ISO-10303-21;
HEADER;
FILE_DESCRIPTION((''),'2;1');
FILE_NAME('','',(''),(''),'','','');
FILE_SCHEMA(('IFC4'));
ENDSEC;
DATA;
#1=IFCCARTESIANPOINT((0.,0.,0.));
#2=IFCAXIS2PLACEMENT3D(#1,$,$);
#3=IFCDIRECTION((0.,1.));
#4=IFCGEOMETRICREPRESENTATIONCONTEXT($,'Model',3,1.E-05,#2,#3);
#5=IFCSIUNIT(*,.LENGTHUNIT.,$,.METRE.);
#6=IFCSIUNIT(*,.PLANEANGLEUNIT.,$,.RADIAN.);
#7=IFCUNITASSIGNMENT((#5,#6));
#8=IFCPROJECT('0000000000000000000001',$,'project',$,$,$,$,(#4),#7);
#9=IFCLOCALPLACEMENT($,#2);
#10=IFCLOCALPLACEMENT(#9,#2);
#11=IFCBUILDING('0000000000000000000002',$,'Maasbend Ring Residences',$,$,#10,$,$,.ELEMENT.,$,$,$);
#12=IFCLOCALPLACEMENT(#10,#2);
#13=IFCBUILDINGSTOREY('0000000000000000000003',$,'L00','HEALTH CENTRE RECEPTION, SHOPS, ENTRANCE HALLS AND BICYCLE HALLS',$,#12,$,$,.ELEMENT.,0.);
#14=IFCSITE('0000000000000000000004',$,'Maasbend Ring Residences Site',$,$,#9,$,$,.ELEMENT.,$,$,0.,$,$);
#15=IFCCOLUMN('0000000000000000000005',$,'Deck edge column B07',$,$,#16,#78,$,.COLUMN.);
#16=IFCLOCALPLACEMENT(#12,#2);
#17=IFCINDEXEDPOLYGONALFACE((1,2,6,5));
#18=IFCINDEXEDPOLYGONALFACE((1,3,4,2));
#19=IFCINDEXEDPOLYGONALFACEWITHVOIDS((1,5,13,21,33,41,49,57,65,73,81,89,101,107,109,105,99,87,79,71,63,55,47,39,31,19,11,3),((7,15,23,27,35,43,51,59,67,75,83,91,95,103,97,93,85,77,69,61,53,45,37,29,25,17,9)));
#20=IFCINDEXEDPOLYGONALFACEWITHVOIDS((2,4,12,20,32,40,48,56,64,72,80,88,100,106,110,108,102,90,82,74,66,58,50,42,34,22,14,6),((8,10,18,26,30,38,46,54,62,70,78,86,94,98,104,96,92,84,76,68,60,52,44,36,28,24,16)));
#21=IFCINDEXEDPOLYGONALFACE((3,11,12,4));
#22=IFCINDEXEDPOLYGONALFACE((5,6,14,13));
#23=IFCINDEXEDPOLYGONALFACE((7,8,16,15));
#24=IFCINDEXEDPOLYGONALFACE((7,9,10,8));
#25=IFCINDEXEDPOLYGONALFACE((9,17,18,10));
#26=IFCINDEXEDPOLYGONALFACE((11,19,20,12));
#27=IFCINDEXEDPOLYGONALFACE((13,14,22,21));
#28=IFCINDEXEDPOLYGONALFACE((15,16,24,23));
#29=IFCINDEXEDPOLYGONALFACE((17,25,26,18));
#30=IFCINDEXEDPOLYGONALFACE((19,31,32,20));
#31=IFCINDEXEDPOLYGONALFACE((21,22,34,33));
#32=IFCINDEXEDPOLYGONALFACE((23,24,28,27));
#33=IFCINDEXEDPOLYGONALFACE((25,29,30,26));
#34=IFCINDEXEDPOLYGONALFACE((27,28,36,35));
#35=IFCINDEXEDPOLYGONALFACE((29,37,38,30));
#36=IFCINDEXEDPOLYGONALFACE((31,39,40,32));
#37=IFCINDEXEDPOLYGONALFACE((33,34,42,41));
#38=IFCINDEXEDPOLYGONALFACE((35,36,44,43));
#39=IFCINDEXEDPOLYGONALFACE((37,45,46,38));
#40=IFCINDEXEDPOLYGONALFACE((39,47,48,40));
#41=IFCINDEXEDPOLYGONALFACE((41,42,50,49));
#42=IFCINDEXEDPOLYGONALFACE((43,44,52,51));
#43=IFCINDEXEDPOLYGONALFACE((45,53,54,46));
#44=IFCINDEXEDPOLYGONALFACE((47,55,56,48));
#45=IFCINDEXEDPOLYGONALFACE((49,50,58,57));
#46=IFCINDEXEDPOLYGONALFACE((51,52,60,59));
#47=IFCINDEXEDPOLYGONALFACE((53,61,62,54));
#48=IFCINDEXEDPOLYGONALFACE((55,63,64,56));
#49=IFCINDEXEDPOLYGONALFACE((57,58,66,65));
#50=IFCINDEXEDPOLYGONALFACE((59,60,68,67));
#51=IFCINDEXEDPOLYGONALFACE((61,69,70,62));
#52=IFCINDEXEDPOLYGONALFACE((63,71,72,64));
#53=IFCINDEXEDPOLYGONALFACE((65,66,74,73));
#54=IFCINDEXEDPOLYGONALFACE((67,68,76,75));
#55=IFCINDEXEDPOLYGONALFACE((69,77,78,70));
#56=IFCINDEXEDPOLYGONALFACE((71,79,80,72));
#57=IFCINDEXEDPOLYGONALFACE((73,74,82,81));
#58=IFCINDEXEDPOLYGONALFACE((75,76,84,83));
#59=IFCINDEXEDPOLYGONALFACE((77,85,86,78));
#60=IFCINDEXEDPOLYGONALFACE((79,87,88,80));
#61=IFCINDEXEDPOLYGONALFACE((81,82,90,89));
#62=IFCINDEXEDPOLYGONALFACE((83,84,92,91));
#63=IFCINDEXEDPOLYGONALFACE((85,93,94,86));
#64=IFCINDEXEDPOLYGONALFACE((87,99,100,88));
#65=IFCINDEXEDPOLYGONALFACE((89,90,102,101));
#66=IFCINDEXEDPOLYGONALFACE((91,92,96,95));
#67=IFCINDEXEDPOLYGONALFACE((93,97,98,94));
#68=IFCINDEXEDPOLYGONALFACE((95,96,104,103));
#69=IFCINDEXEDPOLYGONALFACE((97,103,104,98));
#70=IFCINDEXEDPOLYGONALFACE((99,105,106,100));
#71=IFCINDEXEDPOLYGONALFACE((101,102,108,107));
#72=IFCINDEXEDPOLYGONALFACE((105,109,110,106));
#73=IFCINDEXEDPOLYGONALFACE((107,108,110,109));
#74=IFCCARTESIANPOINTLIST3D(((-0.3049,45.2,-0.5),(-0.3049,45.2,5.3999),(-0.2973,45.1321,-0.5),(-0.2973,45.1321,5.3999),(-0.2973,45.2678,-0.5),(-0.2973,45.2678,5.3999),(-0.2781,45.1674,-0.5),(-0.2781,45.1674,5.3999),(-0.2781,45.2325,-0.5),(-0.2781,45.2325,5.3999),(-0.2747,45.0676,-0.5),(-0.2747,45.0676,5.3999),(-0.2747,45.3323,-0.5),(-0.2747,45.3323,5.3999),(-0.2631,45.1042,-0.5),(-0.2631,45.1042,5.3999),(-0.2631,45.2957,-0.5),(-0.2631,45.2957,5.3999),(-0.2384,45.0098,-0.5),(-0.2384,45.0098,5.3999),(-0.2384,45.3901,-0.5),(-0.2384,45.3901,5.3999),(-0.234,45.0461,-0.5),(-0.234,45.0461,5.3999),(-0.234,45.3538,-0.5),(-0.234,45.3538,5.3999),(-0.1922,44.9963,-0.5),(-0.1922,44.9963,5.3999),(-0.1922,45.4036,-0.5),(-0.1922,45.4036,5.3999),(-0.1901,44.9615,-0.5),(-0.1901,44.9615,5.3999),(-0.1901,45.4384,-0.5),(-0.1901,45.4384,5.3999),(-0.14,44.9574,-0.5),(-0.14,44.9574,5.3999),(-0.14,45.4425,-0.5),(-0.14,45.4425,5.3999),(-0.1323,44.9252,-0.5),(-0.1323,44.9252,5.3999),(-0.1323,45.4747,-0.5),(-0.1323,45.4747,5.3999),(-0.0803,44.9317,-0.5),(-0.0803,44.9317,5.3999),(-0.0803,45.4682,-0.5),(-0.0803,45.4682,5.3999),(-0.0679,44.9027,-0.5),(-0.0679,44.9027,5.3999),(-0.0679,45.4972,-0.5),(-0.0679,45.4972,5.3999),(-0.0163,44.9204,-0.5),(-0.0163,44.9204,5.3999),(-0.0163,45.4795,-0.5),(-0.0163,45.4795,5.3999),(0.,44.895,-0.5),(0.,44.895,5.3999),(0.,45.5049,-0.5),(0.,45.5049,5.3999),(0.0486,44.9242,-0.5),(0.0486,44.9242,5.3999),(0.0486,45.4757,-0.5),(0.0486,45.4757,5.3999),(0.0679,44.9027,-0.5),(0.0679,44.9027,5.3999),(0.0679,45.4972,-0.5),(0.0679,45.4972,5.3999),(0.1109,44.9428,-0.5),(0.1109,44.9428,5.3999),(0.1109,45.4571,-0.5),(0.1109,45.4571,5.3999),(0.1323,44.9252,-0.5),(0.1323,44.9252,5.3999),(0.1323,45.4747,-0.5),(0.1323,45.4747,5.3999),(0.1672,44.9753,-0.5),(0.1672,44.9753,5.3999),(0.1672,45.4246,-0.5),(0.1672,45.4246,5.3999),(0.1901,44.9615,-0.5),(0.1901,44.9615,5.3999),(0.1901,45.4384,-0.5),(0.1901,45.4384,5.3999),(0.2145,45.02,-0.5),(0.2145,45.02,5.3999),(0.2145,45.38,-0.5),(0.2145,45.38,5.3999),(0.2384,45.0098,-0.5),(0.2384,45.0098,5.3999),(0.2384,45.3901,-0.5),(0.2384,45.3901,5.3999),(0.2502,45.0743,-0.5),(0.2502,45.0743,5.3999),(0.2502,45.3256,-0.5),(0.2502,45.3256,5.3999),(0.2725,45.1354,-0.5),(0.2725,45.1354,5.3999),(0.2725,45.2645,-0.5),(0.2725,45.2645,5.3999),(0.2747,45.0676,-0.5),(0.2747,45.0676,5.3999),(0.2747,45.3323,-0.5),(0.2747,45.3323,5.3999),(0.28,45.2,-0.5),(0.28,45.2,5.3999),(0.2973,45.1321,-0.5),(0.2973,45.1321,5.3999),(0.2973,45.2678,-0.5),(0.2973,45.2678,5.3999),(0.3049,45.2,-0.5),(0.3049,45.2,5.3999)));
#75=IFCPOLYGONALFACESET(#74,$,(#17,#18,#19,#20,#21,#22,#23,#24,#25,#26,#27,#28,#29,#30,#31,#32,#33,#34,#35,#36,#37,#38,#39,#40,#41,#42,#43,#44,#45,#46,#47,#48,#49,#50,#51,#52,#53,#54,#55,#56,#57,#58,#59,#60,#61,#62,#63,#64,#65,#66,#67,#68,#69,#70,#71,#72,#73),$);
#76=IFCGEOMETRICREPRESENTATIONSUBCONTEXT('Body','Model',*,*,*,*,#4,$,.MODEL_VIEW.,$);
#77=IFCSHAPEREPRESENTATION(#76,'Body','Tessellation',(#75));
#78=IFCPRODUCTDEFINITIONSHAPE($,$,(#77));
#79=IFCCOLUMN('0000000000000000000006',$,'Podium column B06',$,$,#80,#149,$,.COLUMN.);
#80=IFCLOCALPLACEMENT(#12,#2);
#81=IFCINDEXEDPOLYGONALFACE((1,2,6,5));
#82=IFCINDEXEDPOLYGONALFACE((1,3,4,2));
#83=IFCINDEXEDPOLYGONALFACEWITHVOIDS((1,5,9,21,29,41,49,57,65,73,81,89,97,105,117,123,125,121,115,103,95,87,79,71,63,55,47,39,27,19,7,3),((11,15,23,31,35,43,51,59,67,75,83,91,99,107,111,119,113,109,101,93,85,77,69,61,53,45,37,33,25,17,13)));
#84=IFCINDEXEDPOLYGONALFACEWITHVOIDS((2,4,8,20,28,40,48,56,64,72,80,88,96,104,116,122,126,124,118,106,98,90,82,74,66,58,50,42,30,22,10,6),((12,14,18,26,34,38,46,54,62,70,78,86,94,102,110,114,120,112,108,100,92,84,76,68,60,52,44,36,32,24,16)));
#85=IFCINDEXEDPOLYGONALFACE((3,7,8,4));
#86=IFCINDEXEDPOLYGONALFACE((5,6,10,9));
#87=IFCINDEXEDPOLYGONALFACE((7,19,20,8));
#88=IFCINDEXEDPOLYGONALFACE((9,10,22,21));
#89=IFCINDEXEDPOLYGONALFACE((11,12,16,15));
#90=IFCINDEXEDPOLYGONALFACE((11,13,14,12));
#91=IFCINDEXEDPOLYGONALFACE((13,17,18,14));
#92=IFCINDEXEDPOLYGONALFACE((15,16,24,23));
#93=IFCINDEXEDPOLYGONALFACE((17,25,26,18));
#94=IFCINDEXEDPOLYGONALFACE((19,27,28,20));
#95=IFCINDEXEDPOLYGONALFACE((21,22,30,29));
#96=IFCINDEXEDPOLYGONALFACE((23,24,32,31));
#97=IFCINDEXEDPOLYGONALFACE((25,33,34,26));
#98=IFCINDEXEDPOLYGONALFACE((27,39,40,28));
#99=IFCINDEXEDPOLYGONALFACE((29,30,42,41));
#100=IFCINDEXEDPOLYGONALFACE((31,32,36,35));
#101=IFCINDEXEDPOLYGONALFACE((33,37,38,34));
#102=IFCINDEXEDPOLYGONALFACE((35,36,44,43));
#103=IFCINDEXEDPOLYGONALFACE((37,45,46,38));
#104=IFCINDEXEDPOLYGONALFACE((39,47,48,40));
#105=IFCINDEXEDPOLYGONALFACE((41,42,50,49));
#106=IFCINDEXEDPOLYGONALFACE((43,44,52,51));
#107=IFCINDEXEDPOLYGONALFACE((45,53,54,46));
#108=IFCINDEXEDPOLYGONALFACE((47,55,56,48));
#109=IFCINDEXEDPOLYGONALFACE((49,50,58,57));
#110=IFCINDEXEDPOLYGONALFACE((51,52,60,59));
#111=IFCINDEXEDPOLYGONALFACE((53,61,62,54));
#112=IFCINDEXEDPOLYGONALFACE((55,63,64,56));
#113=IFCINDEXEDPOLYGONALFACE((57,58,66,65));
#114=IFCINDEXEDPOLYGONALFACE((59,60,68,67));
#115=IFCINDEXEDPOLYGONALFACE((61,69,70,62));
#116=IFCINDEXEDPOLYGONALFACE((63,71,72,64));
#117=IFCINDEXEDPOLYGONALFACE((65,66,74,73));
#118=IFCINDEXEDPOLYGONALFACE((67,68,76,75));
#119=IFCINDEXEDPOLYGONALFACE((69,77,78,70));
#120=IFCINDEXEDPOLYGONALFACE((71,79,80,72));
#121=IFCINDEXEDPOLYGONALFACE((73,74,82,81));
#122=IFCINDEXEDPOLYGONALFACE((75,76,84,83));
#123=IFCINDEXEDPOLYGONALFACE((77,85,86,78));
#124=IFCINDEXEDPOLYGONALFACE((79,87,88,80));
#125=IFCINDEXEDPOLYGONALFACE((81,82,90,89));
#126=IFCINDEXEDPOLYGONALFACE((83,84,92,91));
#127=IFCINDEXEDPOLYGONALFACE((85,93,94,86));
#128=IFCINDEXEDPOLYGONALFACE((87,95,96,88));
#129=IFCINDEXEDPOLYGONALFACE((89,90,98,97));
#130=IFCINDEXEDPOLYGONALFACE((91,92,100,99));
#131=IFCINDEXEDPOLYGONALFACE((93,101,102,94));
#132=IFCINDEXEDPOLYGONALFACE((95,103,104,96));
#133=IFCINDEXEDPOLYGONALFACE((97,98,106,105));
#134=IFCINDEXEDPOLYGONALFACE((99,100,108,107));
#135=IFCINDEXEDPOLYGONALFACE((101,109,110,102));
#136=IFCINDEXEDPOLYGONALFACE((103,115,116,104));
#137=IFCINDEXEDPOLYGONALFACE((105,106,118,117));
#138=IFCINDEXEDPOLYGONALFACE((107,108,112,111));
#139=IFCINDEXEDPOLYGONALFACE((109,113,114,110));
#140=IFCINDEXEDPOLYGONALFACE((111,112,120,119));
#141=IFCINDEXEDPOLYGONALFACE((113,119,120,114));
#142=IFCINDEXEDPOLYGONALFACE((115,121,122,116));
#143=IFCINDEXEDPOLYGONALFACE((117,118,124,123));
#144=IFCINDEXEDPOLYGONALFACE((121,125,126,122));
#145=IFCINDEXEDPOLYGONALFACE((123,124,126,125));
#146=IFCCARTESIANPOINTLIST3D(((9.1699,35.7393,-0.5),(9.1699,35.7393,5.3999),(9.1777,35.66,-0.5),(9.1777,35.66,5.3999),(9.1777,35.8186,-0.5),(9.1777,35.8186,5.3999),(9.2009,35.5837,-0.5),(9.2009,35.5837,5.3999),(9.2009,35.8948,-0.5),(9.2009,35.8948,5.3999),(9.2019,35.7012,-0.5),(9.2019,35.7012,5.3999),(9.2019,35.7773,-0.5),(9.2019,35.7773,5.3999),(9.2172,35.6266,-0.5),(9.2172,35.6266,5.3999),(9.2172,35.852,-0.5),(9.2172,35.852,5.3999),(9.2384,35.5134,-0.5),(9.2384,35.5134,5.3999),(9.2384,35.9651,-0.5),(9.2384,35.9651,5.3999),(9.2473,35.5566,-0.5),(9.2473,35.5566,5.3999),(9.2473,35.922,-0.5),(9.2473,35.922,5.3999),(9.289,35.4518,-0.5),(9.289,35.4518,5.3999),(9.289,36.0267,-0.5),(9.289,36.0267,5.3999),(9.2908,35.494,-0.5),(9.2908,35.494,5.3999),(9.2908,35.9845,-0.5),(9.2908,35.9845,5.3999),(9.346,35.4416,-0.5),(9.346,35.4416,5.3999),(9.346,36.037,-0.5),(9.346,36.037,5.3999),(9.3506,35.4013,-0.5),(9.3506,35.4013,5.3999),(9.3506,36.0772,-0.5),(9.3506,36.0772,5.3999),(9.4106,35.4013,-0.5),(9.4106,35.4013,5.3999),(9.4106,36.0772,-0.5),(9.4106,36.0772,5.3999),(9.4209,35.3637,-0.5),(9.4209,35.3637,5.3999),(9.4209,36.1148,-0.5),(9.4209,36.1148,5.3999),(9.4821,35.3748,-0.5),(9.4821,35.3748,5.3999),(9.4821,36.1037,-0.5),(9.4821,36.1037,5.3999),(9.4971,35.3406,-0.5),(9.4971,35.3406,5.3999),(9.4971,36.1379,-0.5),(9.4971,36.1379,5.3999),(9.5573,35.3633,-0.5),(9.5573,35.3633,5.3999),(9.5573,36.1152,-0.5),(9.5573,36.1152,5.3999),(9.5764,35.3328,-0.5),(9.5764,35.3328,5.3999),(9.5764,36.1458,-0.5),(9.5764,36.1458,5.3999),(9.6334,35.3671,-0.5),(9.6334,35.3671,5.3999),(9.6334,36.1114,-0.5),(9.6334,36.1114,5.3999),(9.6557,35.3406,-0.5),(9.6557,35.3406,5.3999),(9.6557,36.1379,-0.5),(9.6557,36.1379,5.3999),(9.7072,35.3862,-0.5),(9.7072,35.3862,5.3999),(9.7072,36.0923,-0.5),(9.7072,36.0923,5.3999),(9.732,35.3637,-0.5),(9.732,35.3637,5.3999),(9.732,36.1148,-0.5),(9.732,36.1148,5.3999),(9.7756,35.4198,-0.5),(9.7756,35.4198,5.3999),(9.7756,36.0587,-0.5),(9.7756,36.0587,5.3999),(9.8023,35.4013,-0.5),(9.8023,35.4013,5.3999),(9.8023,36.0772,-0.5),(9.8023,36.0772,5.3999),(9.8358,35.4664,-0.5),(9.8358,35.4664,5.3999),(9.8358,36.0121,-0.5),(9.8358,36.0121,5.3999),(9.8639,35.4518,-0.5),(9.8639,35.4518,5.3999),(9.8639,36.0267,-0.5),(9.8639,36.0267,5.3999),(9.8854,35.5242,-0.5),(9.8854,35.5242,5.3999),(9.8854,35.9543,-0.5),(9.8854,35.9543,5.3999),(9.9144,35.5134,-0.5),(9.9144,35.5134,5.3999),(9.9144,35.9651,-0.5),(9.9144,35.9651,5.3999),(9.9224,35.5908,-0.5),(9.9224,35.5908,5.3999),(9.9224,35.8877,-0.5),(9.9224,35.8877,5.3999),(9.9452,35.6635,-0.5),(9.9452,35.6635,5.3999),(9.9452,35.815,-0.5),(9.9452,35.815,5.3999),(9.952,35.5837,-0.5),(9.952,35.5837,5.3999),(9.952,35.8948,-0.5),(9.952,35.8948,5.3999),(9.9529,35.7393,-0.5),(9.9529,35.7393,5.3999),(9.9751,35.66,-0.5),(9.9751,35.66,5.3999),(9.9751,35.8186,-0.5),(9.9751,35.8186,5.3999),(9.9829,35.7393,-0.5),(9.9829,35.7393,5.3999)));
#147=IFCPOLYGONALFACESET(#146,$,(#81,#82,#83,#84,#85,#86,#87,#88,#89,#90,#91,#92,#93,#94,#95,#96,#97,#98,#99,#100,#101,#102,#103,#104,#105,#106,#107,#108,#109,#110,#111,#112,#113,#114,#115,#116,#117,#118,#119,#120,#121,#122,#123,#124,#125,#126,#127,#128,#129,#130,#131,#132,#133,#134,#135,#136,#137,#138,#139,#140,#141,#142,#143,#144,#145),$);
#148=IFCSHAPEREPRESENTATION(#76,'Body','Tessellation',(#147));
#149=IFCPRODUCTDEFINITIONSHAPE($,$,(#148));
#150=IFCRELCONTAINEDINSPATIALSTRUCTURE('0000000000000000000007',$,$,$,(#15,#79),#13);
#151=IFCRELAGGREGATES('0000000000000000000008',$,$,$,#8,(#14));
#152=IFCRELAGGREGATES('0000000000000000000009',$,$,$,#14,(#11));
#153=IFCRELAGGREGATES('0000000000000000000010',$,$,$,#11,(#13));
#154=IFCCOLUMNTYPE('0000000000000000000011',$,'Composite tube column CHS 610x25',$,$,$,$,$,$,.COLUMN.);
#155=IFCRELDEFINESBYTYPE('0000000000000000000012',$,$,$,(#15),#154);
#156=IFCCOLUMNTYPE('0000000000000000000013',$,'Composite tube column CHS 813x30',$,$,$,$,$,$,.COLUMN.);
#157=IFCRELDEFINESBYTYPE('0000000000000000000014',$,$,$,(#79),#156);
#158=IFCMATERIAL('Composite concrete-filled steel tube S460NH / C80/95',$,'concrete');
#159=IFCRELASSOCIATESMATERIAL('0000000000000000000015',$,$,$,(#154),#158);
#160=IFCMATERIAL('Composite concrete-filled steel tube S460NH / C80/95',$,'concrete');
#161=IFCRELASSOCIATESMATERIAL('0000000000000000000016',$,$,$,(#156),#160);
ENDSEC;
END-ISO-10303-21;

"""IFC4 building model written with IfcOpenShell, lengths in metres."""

from ifc_helpers import new_model, si_unit, direction, frame, origin, origin_2d, place, context, subcontext, project, spatial, hollow_circle, extrude, material, material_profile, profile_set, type_object, element, save


model = new_model("IFC4")

# Units and contexts
model_context = context("Model", 3, precision=1e-05, world=origin(), true_north=direction((0.0, 1.0)))
body_context = subcontext(model_context, "Body", "Model", "MODEL_VIEW")
ifc_project = project(units=[si_unit("LENGTHUNIT", "METRE"), si_unit("PLANEANGLEUNIT", "RADIAN")], contexts=[model_context])

# Site, building, storey
site_placement = place(None, origin())
site = spatial("IfcSite", under=ifc_project, at=site_placement, Name="Maasbend Ring Residences Site", CompositionType="ELEMENT", RefElevation=0.0)
building_placement = place(site_placement, origin())
building = spatial("IfcBuilding", under=site, at=building_placement, Name="Maasbend Ring Residences", CompositionType="ELEMENT")
storey_placement = place(building_placement, origin())
storey = spatial("IfcBuildingStorey", under=building, at=storey_placement, Name="L00", Description="HEALTH CENTRE RECEPTION, SHOPS, ENTRANCE HALLS AND BICYCLE HALLS", CompositionType="ELEMENT", Elevation=0.0)

# Columns
ifc_material_1 = material(Name="Composite concrete-filled steel tube S460NH / C80/95", Category="concrete")
ifc_material_profile_1 = material_profile(ifc_material_1, hollow_circle(Radius=0.3049, WallThickness=0.0249, at=origin_2d()), Name="Composite tube column CHS 610x25")
ifc_profile_set_1 = profile_set([ifc_material_profile_1], Name="Composite concrete-filled steel tube S460NH / C80/95")
column_type_1 = type_object("IfcColumnType", Name="Composite tube column CHS 610x25", PredefinedType="COLUMN", material=ifc_profile_set_1)
for number, where, z_axis, x_axis, name in (
    (1, (0.0, 45.2, -0.5), (0.0, 0.0, 1.0), (1.0, 0.0, 0.0), "Deck edge column B07"),
):
    element("IfcColumn", number, at=place(storey_placement, frame(where, z_axis=z_axis, x_axis=x_axis)), inside=storey, type_object=column_type_1, Name=name, PredefinedType="COLUMN", context=body_context, shape_type="SweptSolid", body=[
        extrude(hollow_circle(Radius=0.3049, WallThickness=0.0249, at=origin_2d()), origin(), (0.0, 0.0, 1.0), 5.8999),
    ])
ifc_material_2 = material(Name="Composite concrete-filled steel tube S460NH / C80/95", Category="concrete")
ifc_material_profile_2 = material_profile(ifc_material_2, hollow_circle(Radius=0.4065, WallThickness=0.03, at=origin_2d()), Name="Composite tube column CHS 813x30")
ifc_profile_set_2 = profile_set([ifc_material_profile_2], Name="Composite concrete-filled steel tube S460NH / C80/95")
column_type_2 = type_object("IfcColumnType", Name="Composite tube column CHS 813x30", PredefinedType="COLUMN", material=ifc_profile_set_2)
for number, where, z_axis, x_axis, name in (
    (2, (9.5764, 35.7393, -0.5), (0.0, 0.0, 1.0), (1.0, 0.0, 0.0), "Podium column B06"),
):
    element("IfcColumn", number, at=place(storey_placement, frame(where, z_axis=z_axis, x_axis=x_axis)), inside=storey, type_object=column_type_2, Name=name, PredefinedType="COLUMN", context=body_context, shape_type="SweptSolid", body=[
        extrude(hollow_circle(Radius=0.4065, WallThickness=0.03, at=origin_2d()), origin(), (0.0, 0.0, 1.0), 5.8999),
    ])

save(model, "model.ifc")
